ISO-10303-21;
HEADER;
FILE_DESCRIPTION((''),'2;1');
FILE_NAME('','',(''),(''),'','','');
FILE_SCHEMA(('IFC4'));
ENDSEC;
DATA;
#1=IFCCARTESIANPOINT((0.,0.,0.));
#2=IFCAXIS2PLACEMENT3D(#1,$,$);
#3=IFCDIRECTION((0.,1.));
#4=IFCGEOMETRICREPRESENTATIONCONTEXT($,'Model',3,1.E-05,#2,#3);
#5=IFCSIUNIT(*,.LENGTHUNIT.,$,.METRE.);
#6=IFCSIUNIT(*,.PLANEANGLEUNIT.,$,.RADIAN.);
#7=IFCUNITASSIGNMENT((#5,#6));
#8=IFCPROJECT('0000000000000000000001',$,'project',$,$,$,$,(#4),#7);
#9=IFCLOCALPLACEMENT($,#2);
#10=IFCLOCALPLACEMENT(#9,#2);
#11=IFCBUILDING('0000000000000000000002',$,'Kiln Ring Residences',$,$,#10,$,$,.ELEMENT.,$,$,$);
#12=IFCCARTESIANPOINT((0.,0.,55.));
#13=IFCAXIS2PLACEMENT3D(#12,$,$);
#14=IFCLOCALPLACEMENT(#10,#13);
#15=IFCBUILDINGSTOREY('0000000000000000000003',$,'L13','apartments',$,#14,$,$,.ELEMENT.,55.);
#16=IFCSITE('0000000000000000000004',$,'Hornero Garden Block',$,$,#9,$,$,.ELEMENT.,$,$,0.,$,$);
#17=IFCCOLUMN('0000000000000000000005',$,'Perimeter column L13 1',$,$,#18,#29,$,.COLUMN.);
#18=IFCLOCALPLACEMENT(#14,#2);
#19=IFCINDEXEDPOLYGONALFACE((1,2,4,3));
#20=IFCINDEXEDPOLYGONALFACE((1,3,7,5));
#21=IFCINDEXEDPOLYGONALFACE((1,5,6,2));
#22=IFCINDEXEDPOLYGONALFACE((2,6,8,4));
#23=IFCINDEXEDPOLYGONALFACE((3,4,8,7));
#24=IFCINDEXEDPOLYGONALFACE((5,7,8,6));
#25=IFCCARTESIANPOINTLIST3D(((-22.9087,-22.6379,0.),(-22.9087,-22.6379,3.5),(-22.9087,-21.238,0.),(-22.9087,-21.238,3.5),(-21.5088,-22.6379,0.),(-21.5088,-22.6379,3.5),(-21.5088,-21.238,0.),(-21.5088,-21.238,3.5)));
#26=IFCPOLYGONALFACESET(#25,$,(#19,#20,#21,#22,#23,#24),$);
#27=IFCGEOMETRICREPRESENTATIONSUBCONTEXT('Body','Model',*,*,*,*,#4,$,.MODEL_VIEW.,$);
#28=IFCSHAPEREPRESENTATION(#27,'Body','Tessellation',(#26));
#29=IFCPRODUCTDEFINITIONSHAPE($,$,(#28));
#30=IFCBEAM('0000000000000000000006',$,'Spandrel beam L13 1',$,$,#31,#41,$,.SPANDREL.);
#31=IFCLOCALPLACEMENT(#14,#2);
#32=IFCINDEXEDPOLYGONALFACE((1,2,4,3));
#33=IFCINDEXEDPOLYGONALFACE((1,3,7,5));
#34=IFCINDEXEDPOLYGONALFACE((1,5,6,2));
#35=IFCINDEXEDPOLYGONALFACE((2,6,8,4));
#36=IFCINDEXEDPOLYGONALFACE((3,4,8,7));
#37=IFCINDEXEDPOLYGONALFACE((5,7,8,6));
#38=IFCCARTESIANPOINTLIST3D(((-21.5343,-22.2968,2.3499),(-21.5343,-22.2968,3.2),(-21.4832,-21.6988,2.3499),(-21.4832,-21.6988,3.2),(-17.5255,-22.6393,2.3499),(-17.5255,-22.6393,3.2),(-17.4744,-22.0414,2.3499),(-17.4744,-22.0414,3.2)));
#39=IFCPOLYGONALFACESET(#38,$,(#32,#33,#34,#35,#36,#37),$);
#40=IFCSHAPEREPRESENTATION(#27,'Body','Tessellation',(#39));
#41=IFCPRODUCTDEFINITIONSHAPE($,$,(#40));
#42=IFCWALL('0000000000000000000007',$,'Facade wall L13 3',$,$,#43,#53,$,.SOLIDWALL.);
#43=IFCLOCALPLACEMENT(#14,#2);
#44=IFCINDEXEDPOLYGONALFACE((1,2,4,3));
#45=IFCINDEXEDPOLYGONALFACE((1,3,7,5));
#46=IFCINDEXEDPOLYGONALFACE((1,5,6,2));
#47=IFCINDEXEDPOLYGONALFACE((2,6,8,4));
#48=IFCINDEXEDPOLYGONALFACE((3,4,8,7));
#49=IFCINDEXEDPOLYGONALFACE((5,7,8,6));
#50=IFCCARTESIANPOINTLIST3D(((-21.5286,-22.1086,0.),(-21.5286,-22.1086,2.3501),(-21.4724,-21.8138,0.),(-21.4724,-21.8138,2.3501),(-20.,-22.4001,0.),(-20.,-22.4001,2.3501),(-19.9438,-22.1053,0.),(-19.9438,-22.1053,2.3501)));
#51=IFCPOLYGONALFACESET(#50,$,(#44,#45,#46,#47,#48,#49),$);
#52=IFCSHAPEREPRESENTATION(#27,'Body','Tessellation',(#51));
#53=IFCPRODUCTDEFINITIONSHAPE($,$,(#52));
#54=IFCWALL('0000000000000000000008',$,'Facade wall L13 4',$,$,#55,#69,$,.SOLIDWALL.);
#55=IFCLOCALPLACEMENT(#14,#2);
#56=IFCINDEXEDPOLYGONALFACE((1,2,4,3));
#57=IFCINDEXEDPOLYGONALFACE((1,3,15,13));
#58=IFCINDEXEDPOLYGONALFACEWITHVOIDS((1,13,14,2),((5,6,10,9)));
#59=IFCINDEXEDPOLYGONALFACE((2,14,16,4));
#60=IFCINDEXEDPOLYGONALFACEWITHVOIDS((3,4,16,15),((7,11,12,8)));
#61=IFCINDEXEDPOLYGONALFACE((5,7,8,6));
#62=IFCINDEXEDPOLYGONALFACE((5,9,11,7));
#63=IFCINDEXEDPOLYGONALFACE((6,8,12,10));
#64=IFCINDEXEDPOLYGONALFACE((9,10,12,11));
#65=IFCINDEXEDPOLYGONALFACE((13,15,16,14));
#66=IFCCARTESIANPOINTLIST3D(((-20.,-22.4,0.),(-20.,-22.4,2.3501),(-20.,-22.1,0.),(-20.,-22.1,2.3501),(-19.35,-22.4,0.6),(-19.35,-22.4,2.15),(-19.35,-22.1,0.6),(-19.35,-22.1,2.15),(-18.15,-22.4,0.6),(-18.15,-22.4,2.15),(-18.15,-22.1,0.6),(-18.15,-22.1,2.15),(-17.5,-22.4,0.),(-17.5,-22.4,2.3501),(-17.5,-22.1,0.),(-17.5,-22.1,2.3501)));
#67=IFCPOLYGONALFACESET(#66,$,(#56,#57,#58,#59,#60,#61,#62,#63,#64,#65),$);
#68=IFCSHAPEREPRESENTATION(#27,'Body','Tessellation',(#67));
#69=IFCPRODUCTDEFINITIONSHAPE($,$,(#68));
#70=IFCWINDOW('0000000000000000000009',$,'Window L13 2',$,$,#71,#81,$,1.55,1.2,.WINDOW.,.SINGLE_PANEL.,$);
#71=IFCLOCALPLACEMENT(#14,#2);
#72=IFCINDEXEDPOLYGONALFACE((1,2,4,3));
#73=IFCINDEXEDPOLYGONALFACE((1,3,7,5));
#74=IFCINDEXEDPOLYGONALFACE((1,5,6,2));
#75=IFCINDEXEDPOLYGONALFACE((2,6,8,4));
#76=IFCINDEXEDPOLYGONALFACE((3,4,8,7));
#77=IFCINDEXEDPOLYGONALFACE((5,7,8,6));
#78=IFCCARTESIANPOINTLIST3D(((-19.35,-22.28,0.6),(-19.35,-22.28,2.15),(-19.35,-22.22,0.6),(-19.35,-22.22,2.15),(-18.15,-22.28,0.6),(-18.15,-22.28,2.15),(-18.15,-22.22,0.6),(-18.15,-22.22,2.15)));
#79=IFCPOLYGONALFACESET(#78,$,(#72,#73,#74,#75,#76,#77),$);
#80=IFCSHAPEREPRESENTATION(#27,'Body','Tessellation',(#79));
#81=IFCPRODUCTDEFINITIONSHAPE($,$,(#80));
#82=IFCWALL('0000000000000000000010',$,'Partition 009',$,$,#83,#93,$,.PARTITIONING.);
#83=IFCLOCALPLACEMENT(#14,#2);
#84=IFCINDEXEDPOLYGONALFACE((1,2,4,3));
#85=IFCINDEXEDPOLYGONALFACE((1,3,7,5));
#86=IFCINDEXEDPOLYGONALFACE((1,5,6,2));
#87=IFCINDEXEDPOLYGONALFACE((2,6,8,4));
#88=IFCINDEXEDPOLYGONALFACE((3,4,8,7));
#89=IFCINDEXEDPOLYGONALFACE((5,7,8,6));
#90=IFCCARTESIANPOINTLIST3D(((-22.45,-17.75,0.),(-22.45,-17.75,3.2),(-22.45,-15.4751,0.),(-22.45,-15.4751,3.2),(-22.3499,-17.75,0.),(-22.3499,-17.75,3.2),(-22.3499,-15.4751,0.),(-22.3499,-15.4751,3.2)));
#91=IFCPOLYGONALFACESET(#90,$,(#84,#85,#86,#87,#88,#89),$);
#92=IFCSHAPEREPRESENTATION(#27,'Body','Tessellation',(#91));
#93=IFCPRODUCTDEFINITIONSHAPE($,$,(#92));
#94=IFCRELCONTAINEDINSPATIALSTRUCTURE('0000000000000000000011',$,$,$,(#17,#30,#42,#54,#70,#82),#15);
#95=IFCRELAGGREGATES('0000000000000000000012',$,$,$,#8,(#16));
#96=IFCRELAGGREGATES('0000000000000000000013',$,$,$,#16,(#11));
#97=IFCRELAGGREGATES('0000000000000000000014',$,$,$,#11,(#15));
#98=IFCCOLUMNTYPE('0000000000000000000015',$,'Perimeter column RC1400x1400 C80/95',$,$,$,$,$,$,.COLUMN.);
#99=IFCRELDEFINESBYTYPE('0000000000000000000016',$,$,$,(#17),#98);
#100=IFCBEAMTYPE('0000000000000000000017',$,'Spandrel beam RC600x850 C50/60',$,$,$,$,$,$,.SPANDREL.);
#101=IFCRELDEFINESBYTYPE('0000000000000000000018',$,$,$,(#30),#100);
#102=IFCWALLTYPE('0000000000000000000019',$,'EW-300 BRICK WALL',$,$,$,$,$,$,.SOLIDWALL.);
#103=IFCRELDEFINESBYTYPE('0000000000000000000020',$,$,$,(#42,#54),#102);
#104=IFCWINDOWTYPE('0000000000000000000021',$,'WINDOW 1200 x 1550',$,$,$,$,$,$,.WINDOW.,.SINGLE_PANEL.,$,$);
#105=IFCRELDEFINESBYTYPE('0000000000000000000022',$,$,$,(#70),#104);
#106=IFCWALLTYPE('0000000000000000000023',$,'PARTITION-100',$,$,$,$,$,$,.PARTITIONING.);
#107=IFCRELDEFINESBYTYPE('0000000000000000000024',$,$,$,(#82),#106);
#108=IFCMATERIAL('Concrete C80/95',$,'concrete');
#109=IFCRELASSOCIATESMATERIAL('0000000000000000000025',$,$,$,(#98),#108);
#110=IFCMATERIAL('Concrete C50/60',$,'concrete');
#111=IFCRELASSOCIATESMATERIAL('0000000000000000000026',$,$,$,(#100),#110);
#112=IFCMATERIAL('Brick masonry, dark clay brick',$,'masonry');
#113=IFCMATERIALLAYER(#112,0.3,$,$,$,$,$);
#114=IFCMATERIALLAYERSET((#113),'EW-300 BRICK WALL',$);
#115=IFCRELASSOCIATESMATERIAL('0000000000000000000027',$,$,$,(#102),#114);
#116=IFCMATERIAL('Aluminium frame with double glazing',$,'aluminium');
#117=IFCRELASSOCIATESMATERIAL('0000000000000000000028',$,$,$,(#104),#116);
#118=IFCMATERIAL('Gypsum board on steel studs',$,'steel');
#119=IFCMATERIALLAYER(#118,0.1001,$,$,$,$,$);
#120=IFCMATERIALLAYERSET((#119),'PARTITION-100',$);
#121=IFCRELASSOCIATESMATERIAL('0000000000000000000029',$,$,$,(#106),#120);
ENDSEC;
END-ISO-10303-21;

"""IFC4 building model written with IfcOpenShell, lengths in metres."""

from ifc_helpers import new_model, si_unit, direction, frame, frame_2d, origin, origin_2d, place, context, subcontext, project, spatial, rectangle, extrude, material, layer, layer_set, material_profile, profile_set, type_object, element, fill, save


model = new_model("IFC4")

# Units and contexts
model_context = context("Model", 3, precision=1e-05, world=origin(), true_north=direction((0.0, 1.0)))
body_context = subcontext(model_context, "Body", "Model", "MODEL_VIEW")
ifc_project = project(units=[si_unit("LENGTHUNIT", "METRE"), si_unit("PLANEANGLEUNIT", "RADIAN")], contexts=[model_context])

# Site, building, storey
site_placement = place(None, origin())
site = spatial("IfcSite", under=ifc_project, at=site_placement, Name="Hornero Garden Block", CompositionType="ELEMENT", RefElevation=0.0)
building_placement = place(site_placement, origin())
building = spatial("IfcBuilding", under=site, at=building_placement, Name="Kiln Ring Residences", CompositionType="ELEMENT")
storey_placement = place(building_placement, frame((0.0, 0.0, 55.0)))
storey = spatial("IfcBuildingStorey", under=building, at=storey_placement, Name="L13", Description="apartments", CompositionType="ELEMENT", Elevation=55.0)

# Column
ifc_material_1 = material(Name="Concrete C80/95", Category="concrete")
ifc_material_profile_1 = material_profile(ifc_material_1, rectangle(XDim=1.3999, YDim=1.3999, at=origin_2d()), Name="RC1400x1400")
ifc_profile_set_1 = profile_set([ifc_material_profile_1], Name="Concrete C80/95")
column_type = type_object("IfcColumnType", Name="Perimeter column RC1400x1400 C80/95", PredefinedType="COLUMN", material=ifc_profile_set_1)
column_placement = place(storey_placement, frame((-22.2087, -21.938, 0.0), z_axis=(0.0, 0.0, 1.0), x_axis=(1.0, 0.0, 0.0)))
element("IfcColumn", 1, at=column_placement, inside=storey, type_object=column_type, Name="Perimeter column L13 1", PredefinedType="COLUMN", context=body_context, shape_type="SweptSolid", body=[
    extrude(rectangle(XDim=1.3999, YDim=1.3999, at=origin_2d()), origin(), (0.0, 0.0, 1.0), 3.5),
])

# Beam
ifc_material_2 = material(Name="Concrete C50/60", Category="concrete")
ifc_material_profile_2 = material_profile(ifc_material_2, rectangle(XDim=0.6001, YDim=0.8501, at=origin_2d()), Name="RC600x850")
ifc_profile_set_2 = profile_set([ifc_material_profile_2], Name="Concrete C50/60")
beam_type = type_object("IfcBeamType", Name="Spandrel beam RC600x850 C50/60", PredefinedType="SPANDREL", material=ifc_profile_set_2)
beam_placement = place(storey_placement, frame((-21.5088, -21.9978, 2.7749), z_axis=(0.996369, -0.085134, 0.0), x_axis=(0.085134, 0.996369, 0.0)))
element("IfcBeam", 2, at=beam_placement, inside=storey, type_object=beam_type, Name="Spandrel beam L13 1", PredefinedType="SPANDREL", context=body_context, shape_type="SweptSolid", body=[
    extrude(rectangle(XDim=0.6001, YDim=0.8501, at=origin_2d()), origin(), (0.0, 0.0, 1.0), 4.0234),
])

# Wall
ifc_material_3 = material(Name="Brick masonry, dark clay brick", Category="masonry")
ifc_layer_1 = layer(ifc_material_3, 0.3)
ifc_layer_set_1 = layer_set([ifc_layer_1], Name="EW-300 BRICK WALL")
wall_type_1 = type_object("IfcWallType", Name="EW-300 BRICK WALL", PredefinedType="SOLIDWALL", material=ifc_layer_set_1)
wall_1_placement = place(storey_placement, frame((-21.5005, -21.9612, 0.0), z_axis=(0.0, 0.0, 1.0), x_axis=(0.982297, -0.187328, 0.0)))
element("IfcWall", 3, at=wall_1_placement, inside=storey, type_object=wall_type_1, Name="Facade wall L13 3", PredefinedType="SOLIDWALL", context=body_context, shape_type="SweptSolid", body=[
    extrude(rectangle(XDim=1.5562, YDim=0.3, at=frame_2d((0.7781, 0.0))), origin(), (0.0, 0.0, 1.0), 2.3501),
])

# Wall, opening, window
wall_2_placement = place(storey_placement, frame((-20.0, -22.25, 0.0), z_axis=(0.0, 0.0, 1.0), x_axis=(1.0, 0.0, 0.0)))
wall_2 = element("IfcWall", 4, at=wall_2_placement, inside=storey, type_object=wall_type_1, Name="Facade wall L13 4", PredefinedType="SOLIDWALL", context=body_context, shape_type="SweptSolid", body=[
    extrude(rectangle(XDim=2.5, YDim=0.3, at=frame_2d((1.25, 0.0))), origin(), (0.0, 0.0, 1.0), 2.3501),
])
opening_placement = place(wall_2_placement, frame((0.6499, 0.0, 0.6001)))
opening = element("IfcOpeningElement", 5, at=opening_placement, cuts=wall_2, PredefinedType="OPENING", context=body_context, shape_type="SweptSolid", body=[
    extrude(rectangle(XDim=1.2, YDim=1.55, at=frame_2d((0.6001, 0.7749))), frame((0.0, 0.1599, 0.0), z_axis=(0.0, -1.0, 0.0), x_axis=(1.0, 0.0, 0.0)), (0.0, 0.0, 1.0), 0.3201),
])
ifc_material_4 = material(Name="Aluminium frame with double glazing", Category="aluminium")
window_type = type_object("IfcWindowType", Name="WINDOW 1200 x 1550", PartitioningType="SINGLE_PANEL", PredefinedType="WINDOW", material=ifc_material_4)
window_placement = place(opening_placement, origin())
window = element("IfcWindow", 6, at=window_placement, inside=storey, type_object=window_type, Name="Window L13 2", OverallHeight=1.55, OverallWidth=1.2, PartitioningType="SINGLE_PANEL", PredefinedType="WINDOW", context=body_context, shape_type="SweptSolid", body=[
    extrude(rectangle(XDim=1.2, YDim=1.55, at=frame_2d((0.6001, 0.7749))), frame((0.0, 0.03, 0.0), z_axis=(0.0, -1.0, 0.0), x_axis=(1.0, 0.0, 0.0)), (0.0, 0.0, 1.0), 0.0601),
])
fill(opening, window)

# Wall
ifc_material_5 = material(Name="Gypsum board on steel studs", Category="steel")
ifc_layer_2 = layer(ifc_material_5, 0.1001)
ifc_layer_set_2 = layer_set([ifc_layer_2], Name="PARTITION-100")
wall_type_2 = type_object("IfcWallType", Name="PARTITION-100", PredefinedType="PARTITIONING", material=ifc_layer_set_2)
wall_3_placement = place(storey_placement, frame((-22.3999, -17.75, 0.0), z_axis=(0.0, 0.0, 1.0), x_axis=(0.0, 1.0, 0.0)))
element("IfcWall", 7, at=wall_3_placement, inside=storey, type_object=wall_type_2, Name="Partition 009", PredefinedType="PARTITIONING", context=body_context, shape_type="SweptSolid", body=[
    extrude(rectangle(XDim=2.2749, YDim=0.1001, at=frame_2d((1.1375, 0.0))), origin(), (0.0, 0.0, 1.0), 3.2),
])

save(model, "model.ifc")
